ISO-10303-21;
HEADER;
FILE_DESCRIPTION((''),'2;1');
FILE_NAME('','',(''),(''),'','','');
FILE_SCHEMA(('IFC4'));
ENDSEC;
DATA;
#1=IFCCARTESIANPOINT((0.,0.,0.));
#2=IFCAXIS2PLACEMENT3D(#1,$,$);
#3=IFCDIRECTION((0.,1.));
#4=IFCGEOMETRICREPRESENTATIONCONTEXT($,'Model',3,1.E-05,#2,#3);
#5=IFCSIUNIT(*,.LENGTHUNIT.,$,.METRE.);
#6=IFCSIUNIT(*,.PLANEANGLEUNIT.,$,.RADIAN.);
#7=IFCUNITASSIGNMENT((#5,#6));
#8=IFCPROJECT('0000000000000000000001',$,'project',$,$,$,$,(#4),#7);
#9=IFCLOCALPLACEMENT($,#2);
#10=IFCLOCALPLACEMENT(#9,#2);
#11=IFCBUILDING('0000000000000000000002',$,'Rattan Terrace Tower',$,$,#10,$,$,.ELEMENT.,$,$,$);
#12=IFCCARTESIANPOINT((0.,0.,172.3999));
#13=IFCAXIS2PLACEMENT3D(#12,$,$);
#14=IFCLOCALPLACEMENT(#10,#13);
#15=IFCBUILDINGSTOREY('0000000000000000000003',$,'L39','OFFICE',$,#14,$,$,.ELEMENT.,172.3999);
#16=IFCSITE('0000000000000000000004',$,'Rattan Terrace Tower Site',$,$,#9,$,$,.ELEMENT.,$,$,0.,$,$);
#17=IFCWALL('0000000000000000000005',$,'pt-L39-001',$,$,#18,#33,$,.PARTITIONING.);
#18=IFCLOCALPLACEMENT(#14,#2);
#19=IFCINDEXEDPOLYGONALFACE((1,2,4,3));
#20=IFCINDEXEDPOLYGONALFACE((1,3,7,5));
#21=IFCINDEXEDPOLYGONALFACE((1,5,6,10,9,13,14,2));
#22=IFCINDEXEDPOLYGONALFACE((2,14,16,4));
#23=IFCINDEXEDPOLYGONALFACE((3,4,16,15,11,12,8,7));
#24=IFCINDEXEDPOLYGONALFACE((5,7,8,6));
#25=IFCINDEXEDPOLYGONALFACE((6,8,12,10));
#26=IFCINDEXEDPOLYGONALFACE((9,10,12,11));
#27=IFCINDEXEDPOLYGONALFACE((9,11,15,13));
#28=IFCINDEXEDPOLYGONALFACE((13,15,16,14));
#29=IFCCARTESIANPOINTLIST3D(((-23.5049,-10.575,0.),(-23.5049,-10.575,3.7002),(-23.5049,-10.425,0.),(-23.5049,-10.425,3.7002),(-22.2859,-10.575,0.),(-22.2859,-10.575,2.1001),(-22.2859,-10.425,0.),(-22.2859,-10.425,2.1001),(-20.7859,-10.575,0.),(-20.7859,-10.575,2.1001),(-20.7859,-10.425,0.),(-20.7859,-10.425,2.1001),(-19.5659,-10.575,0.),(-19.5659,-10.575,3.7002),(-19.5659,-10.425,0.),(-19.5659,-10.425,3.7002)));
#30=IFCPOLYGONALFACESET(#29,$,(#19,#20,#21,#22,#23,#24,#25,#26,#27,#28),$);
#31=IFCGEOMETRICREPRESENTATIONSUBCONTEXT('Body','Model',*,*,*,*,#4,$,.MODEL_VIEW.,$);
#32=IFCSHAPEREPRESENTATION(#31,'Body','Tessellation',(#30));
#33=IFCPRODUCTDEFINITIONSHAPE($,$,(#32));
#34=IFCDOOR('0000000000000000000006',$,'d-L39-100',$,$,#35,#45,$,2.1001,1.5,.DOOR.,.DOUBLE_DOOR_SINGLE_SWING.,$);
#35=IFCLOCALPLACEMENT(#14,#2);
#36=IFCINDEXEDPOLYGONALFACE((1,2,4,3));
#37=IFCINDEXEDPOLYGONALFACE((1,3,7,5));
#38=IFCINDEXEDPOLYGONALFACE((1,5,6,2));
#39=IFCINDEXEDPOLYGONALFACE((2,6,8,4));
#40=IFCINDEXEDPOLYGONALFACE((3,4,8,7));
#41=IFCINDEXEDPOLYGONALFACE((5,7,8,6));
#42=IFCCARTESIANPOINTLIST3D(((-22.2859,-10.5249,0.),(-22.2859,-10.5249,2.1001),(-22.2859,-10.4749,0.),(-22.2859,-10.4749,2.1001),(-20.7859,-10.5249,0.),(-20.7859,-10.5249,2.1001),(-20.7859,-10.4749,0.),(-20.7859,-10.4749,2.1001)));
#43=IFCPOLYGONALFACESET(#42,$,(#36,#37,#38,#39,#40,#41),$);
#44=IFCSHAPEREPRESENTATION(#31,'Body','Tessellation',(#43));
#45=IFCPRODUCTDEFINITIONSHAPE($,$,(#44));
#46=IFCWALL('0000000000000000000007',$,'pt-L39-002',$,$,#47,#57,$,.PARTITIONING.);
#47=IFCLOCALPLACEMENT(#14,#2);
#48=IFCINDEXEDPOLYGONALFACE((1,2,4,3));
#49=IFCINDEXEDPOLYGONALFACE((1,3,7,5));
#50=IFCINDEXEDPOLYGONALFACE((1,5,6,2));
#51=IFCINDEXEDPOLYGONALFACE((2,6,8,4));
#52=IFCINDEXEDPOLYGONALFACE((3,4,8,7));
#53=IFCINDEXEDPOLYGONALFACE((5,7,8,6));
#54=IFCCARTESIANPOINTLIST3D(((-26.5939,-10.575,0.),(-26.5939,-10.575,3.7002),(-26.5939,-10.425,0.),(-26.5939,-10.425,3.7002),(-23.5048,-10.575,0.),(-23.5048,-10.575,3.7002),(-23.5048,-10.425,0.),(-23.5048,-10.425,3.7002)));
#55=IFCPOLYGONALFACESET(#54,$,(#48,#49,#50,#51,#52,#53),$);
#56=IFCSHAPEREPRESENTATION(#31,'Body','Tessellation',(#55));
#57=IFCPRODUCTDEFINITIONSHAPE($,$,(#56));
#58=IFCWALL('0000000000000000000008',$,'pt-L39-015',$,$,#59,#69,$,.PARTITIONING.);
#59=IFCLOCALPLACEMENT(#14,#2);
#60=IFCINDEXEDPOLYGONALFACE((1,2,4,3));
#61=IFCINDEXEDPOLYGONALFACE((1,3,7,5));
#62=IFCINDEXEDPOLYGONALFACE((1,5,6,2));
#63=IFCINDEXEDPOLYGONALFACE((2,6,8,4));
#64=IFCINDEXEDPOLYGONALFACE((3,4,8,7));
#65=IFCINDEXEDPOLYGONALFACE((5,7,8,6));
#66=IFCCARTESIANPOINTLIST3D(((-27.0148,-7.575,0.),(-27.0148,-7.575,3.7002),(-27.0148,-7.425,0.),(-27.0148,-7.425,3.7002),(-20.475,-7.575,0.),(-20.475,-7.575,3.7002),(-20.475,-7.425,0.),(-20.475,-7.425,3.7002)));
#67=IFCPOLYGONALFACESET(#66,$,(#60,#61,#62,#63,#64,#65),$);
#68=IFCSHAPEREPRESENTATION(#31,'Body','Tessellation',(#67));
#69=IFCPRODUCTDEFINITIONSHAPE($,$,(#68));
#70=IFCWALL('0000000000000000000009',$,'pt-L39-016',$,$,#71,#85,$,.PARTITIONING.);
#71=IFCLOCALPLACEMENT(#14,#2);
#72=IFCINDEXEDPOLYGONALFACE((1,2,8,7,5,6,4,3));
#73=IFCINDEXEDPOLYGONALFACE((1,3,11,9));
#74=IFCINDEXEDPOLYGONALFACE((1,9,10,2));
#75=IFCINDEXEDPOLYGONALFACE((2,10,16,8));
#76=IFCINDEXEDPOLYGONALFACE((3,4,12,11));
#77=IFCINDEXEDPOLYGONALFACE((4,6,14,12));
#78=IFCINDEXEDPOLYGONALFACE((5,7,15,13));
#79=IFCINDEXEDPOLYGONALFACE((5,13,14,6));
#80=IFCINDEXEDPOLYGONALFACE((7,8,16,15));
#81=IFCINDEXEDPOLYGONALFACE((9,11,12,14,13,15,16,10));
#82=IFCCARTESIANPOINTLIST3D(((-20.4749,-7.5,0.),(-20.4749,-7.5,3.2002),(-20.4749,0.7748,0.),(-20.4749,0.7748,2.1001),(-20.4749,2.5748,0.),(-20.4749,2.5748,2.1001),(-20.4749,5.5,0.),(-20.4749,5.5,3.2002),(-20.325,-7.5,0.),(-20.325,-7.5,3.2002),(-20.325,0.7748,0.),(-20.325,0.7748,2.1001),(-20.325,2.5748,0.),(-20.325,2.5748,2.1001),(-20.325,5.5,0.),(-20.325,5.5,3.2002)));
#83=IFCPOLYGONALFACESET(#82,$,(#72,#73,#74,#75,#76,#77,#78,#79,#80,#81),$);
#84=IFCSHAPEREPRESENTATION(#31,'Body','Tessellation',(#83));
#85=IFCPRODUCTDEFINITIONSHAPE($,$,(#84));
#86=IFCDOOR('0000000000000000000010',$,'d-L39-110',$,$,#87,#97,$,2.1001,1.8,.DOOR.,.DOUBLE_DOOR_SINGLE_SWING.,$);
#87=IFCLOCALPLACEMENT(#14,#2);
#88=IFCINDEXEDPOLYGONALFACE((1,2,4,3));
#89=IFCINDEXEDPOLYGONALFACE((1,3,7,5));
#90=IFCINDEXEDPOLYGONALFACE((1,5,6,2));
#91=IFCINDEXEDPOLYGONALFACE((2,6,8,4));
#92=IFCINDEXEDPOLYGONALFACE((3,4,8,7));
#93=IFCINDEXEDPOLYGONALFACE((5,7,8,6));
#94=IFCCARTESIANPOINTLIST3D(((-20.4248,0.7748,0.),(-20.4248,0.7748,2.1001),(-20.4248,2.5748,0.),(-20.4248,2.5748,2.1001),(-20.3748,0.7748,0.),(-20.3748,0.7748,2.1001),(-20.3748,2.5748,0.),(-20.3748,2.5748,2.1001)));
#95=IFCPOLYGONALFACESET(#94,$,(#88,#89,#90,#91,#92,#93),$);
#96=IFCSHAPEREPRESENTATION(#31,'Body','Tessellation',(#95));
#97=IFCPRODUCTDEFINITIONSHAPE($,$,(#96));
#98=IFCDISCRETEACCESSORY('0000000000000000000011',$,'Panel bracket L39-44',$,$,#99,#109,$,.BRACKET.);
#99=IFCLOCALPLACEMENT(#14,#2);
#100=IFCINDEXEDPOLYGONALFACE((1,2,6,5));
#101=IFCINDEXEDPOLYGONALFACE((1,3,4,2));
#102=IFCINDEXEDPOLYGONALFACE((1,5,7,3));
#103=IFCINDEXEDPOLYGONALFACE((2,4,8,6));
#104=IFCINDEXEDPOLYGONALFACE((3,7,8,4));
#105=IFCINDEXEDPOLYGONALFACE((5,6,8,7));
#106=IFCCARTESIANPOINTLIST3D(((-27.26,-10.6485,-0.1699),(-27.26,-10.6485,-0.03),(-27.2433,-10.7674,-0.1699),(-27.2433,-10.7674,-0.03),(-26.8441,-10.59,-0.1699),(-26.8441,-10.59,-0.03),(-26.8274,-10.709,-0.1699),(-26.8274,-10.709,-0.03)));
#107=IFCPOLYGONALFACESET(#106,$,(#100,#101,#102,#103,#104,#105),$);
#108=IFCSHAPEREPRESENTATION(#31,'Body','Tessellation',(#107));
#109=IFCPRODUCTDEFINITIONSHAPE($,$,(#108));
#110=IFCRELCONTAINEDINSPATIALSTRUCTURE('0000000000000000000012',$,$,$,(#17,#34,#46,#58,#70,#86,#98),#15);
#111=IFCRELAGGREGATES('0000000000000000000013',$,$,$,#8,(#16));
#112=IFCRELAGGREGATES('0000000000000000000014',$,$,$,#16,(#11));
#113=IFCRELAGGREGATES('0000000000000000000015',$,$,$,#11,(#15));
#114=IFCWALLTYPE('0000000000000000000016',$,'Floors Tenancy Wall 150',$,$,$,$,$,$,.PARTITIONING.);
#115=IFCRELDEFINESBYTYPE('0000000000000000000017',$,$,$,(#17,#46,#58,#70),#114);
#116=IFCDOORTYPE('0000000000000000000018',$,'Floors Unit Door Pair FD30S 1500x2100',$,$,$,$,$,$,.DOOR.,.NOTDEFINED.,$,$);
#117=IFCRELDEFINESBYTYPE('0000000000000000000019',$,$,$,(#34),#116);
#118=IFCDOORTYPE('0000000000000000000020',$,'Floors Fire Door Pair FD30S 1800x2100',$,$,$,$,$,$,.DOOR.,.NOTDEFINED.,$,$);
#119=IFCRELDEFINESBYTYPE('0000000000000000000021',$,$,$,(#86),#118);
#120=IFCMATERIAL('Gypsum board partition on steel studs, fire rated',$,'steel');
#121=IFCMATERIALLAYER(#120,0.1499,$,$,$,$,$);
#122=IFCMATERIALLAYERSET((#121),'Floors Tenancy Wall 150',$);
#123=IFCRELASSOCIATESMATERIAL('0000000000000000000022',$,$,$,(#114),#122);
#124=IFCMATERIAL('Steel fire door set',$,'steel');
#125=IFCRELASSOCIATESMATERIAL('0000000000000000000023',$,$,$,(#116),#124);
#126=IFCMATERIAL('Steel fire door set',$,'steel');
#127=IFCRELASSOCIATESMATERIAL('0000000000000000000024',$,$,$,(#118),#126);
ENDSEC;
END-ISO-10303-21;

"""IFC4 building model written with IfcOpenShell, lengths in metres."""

from ifc_helpers import new_model, si_unit, direction, frame, frame_2d, origin, origin_2d, place, context, subcontext, project, spatial, rectangle, extrude, material, layer, layer_set, type_object, element, fill, save


model = new_model("IFC4")

# Units and contexts
model_context = context("Model", 3, precision=1e-05, world=origin(), true_north=direction((0.0, 1.0)))
body_context = subcontext(model_context, "Body", "Model", "MODEL_VIEW")
ifc_project = project(units=[si_unit("LENGTHUNIT", "METRE"), si_unit("PLANEANGLEUNIT", "RADIAN")], contexts=[model_context])

# Site, building, storey
site_placement = place(None, origin())
site = spatial("IfcSite", under=ifc_project, at=site_placement, Name="Rattan Terrace Tower Site", CompositionType="ELEMENT", RefElevation=0.0)
building_placement = place(site_placement, origin())
building = spatial("IfcBuilding", under=site, at=building_placement, Name="Rattan Terrace Tower", CompositionType="ELEMENT")
storey_placement = place(building_placement, frame((0.0, 0.0, 172.3999)))
storey = spatial("IfcBuildingStorey", under=building, at=storey_placement, Name="L39", Description="OFFICE", CompositionType="ELEMENT", Elevation=172.3999)

# Wall, opening, door
ifc_material_1 = material(Name="Gypsum board partition on steel studs, fire rated", Category="steel")
ifc_layer_1 = layer(ifc_material_1, 0.1499)
ifc_layer_set_1 = layer_set([ifc_layer_1], Name="Floors Tenancy Wall 150")
wall_type_1 = type_object("IfcWallType", Name="Floors Tenancy Wall 150", PredefinedType="PARTITIONING", material=ifc_layer_set_1)
wall_1_placement = place(storey_placement, frame((-19.5659, -10.5, 0.0), z_axis=(0.0, 0.0, 1.0), x_axis=(-1.0, 0.0, 0.0)))
wall_1 = element("IfcWall", 1, at=wall_1_placement, inside=storey, type_object=wall_type_1, Name="pt-L39-001", PredefinedType="PARTITIONING", context=body_context, shape_type="SweptSolid", body=[
    extrude(rectangle(XDim=3.939, YDim=0.1499, at=frame_2d((1.9695, 0.0))), origin(), (0.0, 0.0, 1.0), 3.7002),
])
opening_1_placement = place(wall_1_placement, frame((1.22, 0.0, 0.0)))
opening_1 = element("IfcOpeningElement", 2, at=opening_1_placement, cuts=wall_1, PredefinedType="OPENING", context=body_context, shape_type="SweptSolid", body=[
    extrude(rectangle(XDim=1.5, YDim=2.1001, at=frame_2d((0.75, 1.05))), frame((0.0, 0.0854, 0.0), z_axis=(0.0, -1.0, 0.0), x_axis=(1.0, 0.0, 0.0)), (0.0, 0.0, 1.0), 0.1709),
])
ifc_material_2 = material(Name="Steel fire door set", Category="steel")
door_type_1 = type_object("IfcDoorType", Name="Floors Unit Door Pair FD30S 1500x2100", OperationType="NOTDEFINED", PredefinedType="DOOR", material=ifc_material_2)
door_1_placement = place(opening_1_placement, origin())
door_1 = element("IfcDoor", 3, at=door_1_placement, inside=storey, type_object=door_type_1, Name="d-L39-100", OperationType="DOUBLE_DOOR_SINGLE_SWING", OverallHeight=2.1001, OverallWidth=1.5, PredefinedType="DOOR", context=body_context, shape_type="SweptSolid", body=[
    extrude(rectangle(XDim=1.5, YDim=2.1001, at=frame_2d((0.75, 1.05))), frame((0.0, 0.0249, 0.0), z_axis=(0.0, -1.0, 0.0), x_axis=(1.0, 0.0, 0.0)), (0.0, 0.0, 1.0), 0.05),
])
fill(opening_1, door_1)

# Walls
wall_2_placement = place(storey_placement, frame((-23.5049, -10.5, 0.0), z_axis=(0.0, 0.0, 1.0), x_axis=(-1.0, 0.0, 0.0)))
element("IfcWall", 4, at=wall_2_placement, inside=storey, type_object=wall_type_1, Name="pt-L39-002", PredefinedType="PARTITIONING", context=body_context, shape_type="SweptSolid", body=[
    extrude(rectangle(XDim=3.0891, YDim=0.1499, at=frame_2d((1.5444, 0.0))), origin(), (0.0, 0.0, 1.0), 3.7002),
])
wall_3_placement = place(storey_placement, frame((-27.0149, -7.5, 0.0), z_axis=(0.0, 0.0, 1.0), x_axis=(1.0, 0.0, 0.0)))
element("IfcWall", 5, at=wall_3_placement, inside=storey, type_object=wall_type_1, Name="pt-L39-015", PredefinedType="PARTITIONING", context=body_context, shape_type="SweptSolid", body=[
    extrude(rectangle(XDim=6.5398, YDim=0.1499, at=frame_2d((3.27, 0.0))), origin(), (0.0, 0.0, 1.0), 3.7002),
])

# Wall, opening, door
wall_4_placement = place(storey_placement, frame((-20.3999, -7.5, 0.0), z_axis=(0.0, 0.0, 1.0), x_axis=(0.0, 1.0, 0.0)))
wall_4 = element("IfcWall", 6, at=wall_4_placement, inside=storey, type_object=wall_type_1, Name="pt-L39-016", PredefinedType="PARTITIONING", context=body_context, shape_type="SweptSolid", body=[
    extrude(rectangle(XDim=13.0, YDim=0.1499, at=frame_2d((6.5, 0.0))), origin(), (0.0, 0.0, 1.0), 3.2002),
])
opening_2_placement = place(wall_4_placement, frame((8.2749, 0.0, 0.0)))
opening_2 = element("IfcOpeningElement", 7, at=opening_2_placement, cuts=wall_4, PredefinedType="OPENING", context=body_context, shape_type="SweptSolid", body=[
    extrude(rectangle(XDim=1.8, YDim=2.1001, at=frame_2d((0.8999, 1.05))), frame((0.0, 0.0854, 0.0), z_axis=(0.0, -1.0, 0.0), x_axis=(1.0, 0.0, 0.0)), (0.0, 0.0, 1.0), 0.1709),
])
ifc_material_3 = material(Name="Steel fire door set", Category="steel")
door_type_2 = type_object("IfcDoorType", Name="Floors Fire Door Pair FD30S 1800x2100", OperationType="NOTDEFINED", PredefinedType="DOOR", material=ifc_material_3)
door_2_placement = place(opening_2_placement, origin())
door_2 = element("IfcDoor", 8, at=door_2_placement, inside=storey, type_object=door_type_2, Name="d-L39-110", OperationType="DOUBLE_DOOR_SINGLE_SWING", OverallHeight=2.1001, OverallWidth=1.8, PredefinedType="DOOR", context=body_context, shape_type="SweptSolid", body=[
    extrude(rectangle(XDim=1.8, YDim=2.1001, at=frame_2d((0.8999, 1.05))), frame((0.0, 0.0249, 0.0), z_axis=(0.0, -1.0, 0.0), x_axis=(1.0, 0.0, 0.0)), (0.0, 0.0, 1.0), 0.05),
])
fill(opening_2, door_2)

# Discrete accessory
discrete_accessory_placement = place(storey_placement, frame((-27.0437, -10.6787, -0.1699), z_axis=(0.0, 0.0, 1.0), x_axis=(0.139191, -0.990266, 0.0)))
element("IfcDiscreteAccessory", 9, at=discrete_accessory_placement, inside=storey, Name="Panel bracket L39-44", PredefinedType="BRACKET", context=body_context, shape_type="SweptSolid", body=[
    extrude(rectangle(XDim=0.1201, YDim=0.4199, at=origin_2d()), origin(), (0.0, 0.0, 1.0), 0.1399),
])

save(model, "model.ifc")
